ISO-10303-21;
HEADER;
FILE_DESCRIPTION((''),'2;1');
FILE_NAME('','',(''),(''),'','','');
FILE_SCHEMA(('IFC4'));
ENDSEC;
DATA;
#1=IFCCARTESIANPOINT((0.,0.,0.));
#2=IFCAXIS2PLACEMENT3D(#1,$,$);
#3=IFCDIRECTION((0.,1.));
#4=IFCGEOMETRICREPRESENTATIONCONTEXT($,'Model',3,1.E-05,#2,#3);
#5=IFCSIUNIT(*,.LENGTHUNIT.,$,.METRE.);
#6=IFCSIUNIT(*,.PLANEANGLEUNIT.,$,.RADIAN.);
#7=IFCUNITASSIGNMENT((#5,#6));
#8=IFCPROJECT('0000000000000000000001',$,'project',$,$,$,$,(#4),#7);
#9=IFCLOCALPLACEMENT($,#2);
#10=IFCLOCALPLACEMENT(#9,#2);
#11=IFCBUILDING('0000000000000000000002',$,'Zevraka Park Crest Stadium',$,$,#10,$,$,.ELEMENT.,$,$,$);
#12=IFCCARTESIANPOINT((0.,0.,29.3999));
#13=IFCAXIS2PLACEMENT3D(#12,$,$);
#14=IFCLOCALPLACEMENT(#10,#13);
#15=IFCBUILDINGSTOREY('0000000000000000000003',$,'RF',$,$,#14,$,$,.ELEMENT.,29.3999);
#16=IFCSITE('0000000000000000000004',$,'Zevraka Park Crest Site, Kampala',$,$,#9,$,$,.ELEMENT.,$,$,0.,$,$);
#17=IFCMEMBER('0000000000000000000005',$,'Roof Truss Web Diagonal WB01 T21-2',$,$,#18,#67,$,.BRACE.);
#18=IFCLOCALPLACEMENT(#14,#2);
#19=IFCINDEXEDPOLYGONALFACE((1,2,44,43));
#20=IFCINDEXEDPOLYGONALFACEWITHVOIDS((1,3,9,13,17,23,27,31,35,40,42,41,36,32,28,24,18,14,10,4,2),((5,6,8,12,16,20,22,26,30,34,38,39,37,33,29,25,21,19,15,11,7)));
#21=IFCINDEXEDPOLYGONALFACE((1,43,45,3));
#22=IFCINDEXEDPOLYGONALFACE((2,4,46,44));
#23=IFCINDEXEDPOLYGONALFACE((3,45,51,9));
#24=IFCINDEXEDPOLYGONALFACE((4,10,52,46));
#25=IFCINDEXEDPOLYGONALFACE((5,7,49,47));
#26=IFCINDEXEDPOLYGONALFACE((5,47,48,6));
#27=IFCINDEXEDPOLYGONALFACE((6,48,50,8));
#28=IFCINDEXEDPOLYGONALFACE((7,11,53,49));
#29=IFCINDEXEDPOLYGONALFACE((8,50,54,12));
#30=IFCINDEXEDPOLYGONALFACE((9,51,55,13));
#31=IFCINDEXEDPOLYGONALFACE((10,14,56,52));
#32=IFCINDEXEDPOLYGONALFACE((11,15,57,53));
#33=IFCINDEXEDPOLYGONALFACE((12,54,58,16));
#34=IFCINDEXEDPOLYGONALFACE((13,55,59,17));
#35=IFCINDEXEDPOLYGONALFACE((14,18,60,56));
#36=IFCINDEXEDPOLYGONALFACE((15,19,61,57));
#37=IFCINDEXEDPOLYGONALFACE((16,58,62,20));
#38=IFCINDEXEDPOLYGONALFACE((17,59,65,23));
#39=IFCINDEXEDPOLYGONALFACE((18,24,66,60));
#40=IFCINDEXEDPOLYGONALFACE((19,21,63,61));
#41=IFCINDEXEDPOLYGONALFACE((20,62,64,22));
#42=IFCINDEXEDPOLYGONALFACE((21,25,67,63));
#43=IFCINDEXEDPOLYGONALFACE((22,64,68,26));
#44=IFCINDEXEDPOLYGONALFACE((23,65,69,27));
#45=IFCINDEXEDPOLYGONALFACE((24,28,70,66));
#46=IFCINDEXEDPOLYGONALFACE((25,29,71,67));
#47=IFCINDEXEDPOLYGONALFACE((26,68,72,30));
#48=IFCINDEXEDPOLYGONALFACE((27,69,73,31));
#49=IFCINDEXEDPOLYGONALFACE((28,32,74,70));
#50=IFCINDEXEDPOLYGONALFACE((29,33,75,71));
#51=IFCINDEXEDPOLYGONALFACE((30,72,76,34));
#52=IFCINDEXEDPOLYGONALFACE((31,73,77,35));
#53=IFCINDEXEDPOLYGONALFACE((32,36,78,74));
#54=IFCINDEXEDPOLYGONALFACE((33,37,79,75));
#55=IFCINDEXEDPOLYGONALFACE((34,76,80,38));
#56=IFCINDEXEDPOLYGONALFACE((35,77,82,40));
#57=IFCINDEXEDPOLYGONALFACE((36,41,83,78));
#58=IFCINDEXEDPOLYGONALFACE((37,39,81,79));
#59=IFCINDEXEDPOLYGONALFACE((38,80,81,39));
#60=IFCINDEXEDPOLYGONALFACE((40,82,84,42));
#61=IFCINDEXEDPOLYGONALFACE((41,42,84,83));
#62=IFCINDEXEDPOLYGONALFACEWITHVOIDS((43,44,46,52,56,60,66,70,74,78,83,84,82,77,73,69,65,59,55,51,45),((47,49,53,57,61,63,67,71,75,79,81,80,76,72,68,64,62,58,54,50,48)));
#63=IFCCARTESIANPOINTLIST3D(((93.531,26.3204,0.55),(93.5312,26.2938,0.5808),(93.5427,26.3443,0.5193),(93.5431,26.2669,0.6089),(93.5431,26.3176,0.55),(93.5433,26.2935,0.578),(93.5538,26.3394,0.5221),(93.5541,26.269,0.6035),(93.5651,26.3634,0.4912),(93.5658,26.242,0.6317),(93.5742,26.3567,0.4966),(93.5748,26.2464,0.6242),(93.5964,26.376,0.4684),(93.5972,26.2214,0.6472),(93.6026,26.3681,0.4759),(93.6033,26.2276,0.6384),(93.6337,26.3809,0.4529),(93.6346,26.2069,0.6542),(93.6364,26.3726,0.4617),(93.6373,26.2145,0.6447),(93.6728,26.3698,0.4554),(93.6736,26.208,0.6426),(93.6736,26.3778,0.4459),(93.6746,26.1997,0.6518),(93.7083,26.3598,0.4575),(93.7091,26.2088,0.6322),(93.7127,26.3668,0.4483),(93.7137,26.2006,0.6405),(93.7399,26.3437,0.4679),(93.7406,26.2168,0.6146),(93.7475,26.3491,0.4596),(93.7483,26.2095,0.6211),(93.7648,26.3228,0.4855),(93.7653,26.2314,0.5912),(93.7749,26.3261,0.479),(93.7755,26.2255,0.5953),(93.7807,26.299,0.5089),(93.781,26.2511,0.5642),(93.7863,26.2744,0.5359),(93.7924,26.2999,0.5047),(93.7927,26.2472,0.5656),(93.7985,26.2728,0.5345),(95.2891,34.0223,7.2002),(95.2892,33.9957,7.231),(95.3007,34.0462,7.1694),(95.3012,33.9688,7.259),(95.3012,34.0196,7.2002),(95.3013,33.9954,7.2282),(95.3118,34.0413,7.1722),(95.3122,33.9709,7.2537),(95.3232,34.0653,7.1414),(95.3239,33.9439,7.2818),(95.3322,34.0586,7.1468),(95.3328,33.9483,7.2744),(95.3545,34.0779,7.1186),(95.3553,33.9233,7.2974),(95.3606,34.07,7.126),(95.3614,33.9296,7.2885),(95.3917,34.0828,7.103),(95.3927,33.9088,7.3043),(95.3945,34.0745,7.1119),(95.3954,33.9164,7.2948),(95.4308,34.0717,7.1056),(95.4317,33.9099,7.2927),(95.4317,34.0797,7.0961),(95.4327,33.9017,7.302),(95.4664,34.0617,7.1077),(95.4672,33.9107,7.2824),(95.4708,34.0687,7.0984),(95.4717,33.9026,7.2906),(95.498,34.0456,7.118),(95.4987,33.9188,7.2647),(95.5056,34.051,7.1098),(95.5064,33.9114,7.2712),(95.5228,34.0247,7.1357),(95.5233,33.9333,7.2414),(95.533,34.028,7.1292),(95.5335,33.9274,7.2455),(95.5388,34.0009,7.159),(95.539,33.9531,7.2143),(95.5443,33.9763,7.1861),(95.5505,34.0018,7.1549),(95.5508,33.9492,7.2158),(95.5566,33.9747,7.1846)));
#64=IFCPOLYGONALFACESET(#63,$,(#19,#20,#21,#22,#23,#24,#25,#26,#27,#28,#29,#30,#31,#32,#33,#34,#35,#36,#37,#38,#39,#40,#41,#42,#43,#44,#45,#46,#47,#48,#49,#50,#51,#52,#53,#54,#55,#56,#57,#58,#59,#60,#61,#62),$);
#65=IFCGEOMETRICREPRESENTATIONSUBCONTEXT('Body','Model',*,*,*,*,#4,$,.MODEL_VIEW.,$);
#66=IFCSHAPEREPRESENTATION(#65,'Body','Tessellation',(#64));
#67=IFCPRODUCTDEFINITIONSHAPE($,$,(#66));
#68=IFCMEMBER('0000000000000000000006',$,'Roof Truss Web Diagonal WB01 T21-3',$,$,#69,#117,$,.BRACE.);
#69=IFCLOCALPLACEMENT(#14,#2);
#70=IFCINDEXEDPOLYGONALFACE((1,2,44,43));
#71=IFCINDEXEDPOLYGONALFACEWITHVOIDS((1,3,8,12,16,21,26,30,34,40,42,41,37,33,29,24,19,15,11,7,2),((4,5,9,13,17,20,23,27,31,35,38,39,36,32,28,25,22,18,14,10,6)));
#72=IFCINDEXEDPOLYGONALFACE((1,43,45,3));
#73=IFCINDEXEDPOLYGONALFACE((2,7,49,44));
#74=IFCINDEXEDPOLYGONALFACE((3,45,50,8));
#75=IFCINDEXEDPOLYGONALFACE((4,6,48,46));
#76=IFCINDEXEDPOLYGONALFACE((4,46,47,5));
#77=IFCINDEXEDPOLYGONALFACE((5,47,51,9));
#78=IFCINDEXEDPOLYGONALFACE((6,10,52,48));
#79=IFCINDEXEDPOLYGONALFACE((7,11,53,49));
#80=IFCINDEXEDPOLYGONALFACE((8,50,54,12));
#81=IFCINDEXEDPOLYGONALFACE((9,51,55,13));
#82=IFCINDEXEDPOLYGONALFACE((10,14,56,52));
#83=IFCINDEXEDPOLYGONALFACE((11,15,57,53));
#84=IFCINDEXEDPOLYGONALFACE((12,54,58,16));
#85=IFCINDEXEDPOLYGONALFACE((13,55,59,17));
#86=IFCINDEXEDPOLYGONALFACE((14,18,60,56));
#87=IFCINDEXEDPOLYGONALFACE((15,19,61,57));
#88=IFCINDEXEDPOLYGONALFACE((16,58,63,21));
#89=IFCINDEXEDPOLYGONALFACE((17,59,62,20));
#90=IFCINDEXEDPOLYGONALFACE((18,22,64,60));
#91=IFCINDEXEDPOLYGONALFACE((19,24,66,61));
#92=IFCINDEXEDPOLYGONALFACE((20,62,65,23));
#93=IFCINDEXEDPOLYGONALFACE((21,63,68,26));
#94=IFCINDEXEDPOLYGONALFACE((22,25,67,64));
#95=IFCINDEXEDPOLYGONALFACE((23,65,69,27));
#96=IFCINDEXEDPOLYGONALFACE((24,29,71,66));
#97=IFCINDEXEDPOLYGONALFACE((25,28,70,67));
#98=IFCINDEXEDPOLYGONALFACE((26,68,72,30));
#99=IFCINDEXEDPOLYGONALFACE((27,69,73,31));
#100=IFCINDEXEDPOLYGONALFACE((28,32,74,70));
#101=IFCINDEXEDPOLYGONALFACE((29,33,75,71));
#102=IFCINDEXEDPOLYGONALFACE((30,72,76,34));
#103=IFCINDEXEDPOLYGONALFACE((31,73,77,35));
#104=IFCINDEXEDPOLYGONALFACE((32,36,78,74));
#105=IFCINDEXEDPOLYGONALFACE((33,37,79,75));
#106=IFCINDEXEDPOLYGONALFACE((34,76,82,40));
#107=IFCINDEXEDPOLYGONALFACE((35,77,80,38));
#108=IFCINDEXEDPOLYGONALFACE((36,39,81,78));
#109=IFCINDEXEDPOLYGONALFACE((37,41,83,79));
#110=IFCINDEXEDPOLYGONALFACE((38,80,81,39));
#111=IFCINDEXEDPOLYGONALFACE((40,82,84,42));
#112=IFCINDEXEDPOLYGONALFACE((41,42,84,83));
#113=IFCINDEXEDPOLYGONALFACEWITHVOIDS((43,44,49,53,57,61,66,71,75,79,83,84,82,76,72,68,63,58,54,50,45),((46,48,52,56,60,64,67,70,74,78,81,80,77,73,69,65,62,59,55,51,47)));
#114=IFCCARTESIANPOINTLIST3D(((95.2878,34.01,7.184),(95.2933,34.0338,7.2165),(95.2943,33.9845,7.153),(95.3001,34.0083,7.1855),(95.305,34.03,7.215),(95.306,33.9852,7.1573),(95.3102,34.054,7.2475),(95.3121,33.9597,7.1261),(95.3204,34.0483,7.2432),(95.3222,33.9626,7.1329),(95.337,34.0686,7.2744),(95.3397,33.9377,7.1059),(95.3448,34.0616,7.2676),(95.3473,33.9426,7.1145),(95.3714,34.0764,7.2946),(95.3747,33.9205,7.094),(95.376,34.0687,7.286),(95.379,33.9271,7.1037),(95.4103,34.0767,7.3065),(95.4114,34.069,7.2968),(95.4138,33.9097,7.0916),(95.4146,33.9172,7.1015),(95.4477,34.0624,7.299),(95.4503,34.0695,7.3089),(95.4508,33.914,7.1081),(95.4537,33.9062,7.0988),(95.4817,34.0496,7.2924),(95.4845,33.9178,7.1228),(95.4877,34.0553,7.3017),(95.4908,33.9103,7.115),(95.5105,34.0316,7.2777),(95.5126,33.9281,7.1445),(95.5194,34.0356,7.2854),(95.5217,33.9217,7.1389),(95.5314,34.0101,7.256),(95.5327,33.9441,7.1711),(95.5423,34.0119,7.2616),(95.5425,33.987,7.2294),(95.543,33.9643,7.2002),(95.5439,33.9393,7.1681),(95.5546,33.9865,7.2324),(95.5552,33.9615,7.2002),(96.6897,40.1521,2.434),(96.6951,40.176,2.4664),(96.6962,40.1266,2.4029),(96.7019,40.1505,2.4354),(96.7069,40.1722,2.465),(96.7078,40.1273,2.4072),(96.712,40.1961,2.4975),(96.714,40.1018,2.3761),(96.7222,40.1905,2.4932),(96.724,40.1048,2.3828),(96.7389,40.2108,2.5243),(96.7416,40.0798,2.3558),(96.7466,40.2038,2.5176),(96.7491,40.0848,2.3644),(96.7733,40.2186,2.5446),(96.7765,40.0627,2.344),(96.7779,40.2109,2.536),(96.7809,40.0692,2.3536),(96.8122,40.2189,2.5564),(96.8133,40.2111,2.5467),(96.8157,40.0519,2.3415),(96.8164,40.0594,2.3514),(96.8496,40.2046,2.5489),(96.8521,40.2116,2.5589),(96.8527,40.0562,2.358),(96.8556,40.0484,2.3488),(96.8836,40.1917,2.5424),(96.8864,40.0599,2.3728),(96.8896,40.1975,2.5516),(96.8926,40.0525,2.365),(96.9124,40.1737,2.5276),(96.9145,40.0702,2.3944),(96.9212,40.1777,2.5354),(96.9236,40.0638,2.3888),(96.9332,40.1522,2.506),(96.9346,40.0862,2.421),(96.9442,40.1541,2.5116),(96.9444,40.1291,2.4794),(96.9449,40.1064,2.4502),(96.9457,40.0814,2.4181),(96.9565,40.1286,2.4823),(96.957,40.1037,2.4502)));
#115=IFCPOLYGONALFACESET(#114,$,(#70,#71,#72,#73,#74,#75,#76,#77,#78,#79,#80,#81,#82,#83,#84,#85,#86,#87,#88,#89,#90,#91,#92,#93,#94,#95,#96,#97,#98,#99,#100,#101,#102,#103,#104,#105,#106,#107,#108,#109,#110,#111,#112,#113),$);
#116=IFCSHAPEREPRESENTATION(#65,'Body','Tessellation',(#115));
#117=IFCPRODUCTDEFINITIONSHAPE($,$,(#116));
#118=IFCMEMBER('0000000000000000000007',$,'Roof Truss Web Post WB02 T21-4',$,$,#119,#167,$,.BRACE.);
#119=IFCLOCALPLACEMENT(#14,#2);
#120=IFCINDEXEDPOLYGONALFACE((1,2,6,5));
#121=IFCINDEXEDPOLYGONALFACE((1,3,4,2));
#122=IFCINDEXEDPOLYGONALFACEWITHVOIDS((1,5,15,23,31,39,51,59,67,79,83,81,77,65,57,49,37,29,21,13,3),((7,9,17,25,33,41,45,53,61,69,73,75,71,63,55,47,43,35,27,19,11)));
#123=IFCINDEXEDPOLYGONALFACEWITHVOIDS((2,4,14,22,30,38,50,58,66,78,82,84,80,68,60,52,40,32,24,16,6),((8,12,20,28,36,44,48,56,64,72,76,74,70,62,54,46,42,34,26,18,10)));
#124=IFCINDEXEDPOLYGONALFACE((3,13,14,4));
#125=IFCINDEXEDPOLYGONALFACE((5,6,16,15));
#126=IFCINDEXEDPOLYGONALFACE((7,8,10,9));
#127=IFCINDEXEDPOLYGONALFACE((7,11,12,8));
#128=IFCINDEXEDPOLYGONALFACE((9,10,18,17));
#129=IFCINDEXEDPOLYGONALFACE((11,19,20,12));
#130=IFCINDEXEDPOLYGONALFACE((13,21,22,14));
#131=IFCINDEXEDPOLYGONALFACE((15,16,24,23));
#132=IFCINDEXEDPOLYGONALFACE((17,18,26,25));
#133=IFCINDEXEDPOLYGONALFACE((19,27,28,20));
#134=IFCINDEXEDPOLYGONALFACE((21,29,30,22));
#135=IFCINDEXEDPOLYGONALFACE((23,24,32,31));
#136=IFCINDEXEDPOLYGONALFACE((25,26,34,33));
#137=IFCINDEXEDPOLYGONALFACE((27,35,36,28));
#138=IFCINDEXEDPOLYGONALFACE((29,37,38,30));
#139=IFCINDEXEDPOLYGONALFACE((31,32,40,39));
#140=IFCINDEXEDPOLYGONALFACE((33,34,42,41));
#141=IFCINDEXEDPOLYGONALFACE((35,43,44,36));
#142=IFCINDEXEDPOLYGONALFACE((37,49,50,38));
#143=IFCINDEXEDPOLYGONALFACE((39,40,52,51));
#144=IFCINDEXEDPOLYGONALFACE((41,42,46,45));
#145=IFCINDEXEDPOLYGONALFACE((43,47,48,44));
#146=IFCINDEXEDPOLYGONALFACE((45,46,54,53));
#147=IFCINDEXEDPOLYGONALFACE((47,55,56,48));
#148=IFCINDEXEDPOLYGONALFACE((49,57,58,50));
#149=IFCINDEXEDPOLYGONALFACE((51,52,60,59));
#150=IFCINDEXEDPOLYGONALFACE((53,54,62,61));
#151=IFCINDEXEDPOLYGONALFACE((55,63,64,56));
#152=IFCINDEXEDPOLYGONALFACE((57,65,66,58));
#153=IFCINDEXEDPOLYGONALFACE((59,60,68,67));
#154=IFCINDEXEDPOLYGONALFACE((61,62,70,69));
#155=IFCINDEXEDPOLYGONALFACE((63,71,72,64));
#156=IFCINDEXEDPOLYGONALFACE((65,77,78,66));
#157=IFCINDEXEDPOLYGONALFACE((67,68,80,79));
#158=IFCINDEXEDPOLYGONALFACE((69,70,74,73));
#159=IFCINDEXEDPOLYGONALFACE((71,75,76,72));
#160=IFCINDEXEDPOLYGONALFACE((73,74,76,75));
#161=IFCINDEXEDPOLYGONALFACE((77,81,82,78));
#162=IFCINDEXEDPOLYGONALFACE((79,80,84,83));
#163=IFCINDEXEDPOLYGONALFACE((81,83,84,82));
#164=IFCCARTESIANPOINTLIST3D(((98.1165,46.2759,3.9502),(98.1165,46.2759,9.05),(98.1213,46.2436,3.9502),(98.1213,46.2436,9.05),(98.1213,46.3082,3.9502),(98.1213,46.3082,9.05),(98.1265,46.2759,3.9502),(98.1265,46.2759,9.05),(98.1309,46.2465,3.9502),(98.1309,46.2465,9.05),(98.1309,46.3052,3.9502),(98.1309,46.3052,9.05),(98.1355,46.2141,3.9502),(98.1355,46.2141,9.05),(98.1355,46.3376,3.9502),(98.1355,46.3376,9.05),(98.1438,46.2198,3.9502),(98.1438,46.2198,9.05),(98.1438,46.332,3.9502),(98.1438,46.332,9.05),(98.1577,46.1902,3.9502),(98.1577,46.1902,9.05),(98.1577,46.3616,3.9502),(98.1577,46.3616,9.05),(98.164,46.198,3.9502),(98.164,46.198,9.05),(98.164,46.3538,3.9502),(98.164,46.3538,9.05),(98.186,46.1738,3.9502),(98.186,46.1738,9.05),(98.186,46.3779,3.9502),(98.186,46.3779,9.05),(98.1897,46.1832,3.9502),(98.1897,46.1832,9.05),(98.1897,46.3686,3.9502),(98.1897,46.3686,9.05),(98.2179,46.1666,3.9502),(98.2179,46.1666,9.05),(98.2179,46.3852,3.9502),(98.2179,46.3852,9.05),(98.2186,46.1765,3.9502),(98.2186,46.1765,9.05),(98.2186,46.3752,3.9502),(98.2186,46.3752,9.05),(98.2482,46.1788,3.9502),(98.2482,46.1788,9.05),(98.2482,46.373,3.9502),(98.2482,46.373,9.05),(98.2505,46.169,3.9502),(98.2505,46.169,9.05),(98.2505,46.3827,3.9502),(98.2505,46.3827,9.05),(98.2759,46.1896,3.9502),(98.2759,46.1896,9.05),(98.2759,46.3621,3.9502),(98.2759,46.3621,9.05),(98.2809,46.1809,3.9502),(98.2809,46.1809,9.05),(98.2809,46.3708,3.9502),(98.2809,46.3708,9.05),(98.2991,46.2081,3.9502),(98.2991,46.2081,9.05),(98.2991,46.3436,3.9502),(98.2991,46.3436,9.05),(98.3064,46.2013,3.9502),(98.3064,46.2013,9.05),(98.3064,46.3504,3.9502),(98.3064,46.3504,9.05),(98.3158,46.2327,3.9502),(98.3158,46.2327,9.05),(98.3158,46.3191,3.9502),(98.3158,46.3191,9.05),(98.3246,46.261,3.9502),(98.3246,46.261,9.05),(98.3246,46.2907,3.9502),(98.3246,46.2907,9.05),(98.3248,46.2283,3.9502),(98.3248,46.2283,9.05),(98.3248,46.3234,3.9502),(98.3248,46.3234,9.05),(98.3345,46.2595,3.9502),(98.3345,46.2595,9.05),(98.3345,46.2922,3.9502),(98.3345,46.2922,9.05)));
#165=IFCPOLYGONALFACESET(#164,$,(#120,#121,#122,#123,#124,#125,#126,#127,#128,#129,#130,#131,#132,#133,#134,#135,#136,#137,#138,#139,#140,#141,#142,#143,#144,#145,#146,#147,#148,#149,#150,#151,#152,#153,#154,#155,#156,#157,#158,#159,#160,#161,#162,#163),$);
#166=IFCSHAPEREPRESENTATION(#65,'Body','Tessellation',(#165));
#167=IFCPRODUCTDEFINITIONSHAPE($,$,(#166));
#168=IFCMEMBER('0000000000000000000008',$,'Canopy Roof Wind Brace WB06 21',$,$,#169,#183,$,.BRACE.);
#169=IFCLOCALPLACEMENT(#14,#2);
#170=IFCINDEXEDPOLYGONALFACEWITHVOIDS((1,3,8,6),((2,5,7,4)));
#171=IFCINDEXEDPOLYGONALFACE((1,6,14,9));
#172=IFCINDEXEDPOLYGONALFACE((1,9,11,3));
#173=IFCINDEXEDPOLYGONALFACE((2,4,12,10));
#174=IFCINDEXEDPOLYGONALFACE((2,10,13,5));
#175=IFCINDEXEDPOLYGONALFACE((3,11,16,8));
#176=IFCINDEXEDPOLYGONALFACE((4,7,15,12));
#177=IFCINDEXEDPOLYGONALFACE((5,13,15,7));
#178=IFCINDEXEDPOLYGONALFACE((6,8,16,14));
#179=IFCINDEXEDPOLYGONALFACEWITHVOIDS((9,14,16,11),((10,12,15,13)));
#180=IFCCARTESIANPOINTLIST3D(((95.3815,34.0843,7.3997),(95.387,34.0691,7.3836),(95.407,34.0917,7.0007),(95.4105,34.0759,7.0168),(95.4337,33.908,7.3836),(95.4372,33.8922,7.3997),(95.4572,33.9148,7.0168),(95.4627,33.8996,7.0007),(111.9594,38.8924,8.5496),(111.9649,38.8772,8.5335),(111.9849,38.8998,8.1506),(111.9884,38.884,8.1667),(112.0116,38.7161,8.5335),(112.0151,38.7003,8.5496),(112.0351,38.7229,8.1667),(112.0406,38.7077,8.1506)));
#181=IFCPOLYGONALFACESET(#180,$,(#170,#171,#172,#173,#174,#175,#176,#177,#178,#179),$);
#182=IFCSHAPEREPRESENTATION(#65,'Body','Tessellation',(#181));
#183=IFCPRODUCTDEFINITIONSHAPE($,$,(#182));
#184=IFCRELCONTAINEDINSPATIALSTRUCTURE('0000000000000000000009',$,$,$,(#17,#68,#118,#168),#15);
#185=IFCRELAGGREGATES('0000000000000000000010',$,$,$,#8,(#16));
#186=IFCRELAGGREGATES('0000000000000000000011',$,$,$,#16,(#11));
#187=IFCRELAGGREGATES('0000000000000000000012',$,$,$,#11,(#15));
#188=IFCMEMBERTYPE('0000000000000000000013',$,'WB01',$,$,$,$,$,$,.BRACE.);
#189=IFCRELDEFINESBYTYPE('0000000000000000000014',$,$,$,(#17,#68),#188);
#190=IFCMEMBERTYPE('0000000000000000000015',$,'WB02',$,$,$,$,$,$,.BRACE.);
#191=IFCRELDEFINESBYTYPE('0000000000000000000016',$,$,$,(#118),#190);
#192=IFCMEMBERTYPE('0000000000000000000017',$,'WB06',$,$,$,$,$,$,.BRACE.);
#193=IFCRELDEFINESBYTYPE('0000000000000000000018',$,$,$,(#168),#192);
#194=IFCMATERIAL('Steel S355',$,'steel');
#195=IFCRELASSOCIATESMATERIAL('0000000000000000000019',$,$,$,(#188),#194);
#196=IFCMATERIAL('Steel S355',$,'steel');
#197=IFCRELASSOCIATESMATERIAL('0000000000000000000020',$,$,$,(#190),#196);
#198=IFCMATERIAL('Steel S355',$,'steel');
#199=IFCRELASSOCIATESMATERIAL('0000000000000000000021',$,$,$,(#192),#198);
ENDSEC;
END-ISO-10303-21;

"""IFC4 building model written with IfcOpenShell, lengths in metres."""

from ifc_helpers import new_model, si_unit, direction, frame, origin, origin_2d, place, context, subcontext, project, spatial, hollow_rectangle, hollow_circle, extrude, material, material_profile, profile_set, type_object, element, save


model = new_model("IFC4")

# Units and contexts
model_context = context("Model", 3, precision=1e-05, world=origin(), true_north=direction((0.0, 1.0)))
body_context = subcontext(model_context, "Body", "Model", "MODEL_VIEW")
ifc_project = project(units=[si_unit("LENGTHUNIT", "METRE"), si_unit("PLANEANGLEUNIT", "RADIAN")], contexts=[model_context])

# Site, building, storey
site_placement = place(None, origin())
site = spatial("IfcSite", under=ifc_project, at=site_placement, Name="Zevraka Park Crest Site, Kampala", CompositionType="ELEMENT", RefElevation=0.0)
building_placement = place(site_placement, origin())
building = spatial("IfcBuilding", under=site, at=building_placement, Name="Zevraka Park Crest Stadium", CompositionType="ELEMENT")
storey_placement = place(building_placement, frame((0.0, 0.0, 29.3999)))
storey = spatial("IfcBuildingStorey", under=building, at=storey_placement, Name="RF", CompositionType="ELEMENT", Elevation=29.3999)

# Members
ifc_material_1 = material(Name="Steel S355", Category="steel")
ifc_material_profile_1 = material_profile(ifc_material_1, hollow_circle(Radius=0.1365, WallThickness=0.0125, at=origin_2d()), Name="CHS 273.0x12.5")
ifc_profile_set_1 = profile_set([ifc_material_profile_1], Name="Steel S355")
member_type_1 = type_object("IfcMemberType", Name="WB01", PredefinedType="BRACE", material=ifc_profile_set_1)
member_1_placement = place(storey_placement, frame((93.6641, 26.29, 0.55), z_axis=(0.170249, 0.745846, 0.643995), x_axis=(-0.974924, 0.222539, 0.0)))
element("IfcMember", 1, at=member_1_placement, inside=storey, type_object=member_type_1, Name="Roof Truss Web Diagonal WB01 T21-2", PredefinedType="BRACE", context=body_context, shape_type="SweptSolid", body=[
    extrude(hollow_circle(Radius=0.1365, WallThickness=0.0125, at=origin_2d()), origin(), (0.0, 0.0, 1.0), 10.3264),
])
member_2_placement = place(storey_placement, frame((96.824, 40.134, 2.4502), z_axis=(-0.177674, -0.77846, 0.602024), x_axis=(0.974929, -0.222515, 0.0)))
element("IfcMember", 2, at=member_2_placement, inside=storey, type_object=member_type_1, Name="Roof Truss Web Diagonal WB01 T21-3", PredefinedType="BRACE", context=body_context, shape_type="SweptSolid", body=[
    extrude(hollow_circle(Radius=0.1365, WallThickness=0.0125, at=origin_2d()), origin(), (0.0, 0.0, 1.0), 7.8901),
])
ifc_material_2 = material(Name="Steel S355", Category="steel")
ifc_material_profile_2 = material_profile(ifc_material_2, hollow_circle(Radius=0.1096, WallThickness=0.01, at=origin_2d()), Name="CHS 219.1x10")
ifc_profile_set_2 = profile_set([ifc_material_profile_2], Name="Steel S355")
member_type_2 = type_object("IfcMemberType", Name="WB02", PredefinedType="BRACE", material=ifc_profile_set_2)
member_3_placement = place(storey_placement, frame((98.2261, 46.2759, 3.9502), z_axis=(0.0, 0.0, 1.0), x_axis=(0.22257, 0.974917, 0.0)))
element("IfcMember", 3, at=member_3_placement, inside=storey, type_object=member_type_2, Name="Roof Truss Web Post WB02 T21-4", PredefinedType="BRACE", context=body_context, shape_type="SweptSolid", body=[
    extrude(hollow_circle(Radius=0.1096, WallThickness=0.01, at=origin_2d()), origin(), (0.0, 0.0, 1.0), 5.0999),
])
ifc_material_3 = material(Name="Steel S355", Category="steel")
ifc_material_profile_3 = material_profile(ifc_material_3, hollow_rectangle(XDim=0.2, YDim=0.3999, WallThickness=0.0161, at=origin_2d()), Name="RHS 400x200x16")
ifc_profile_set_3 = profile_set([ifc_material_profile_3], Name="Steel S355")
member_type_3 = type_object("IfcMemberType", Name="WB06", PredefinedType="BRACE", material=ifc_profile_set_3)
member_4_placement = place(storey_placement, frame((95.4221, 33.9919, 7.2002), z_axis=(0.958297, 0.277936, 0.066471), x_axis=(-0.278552, 0.960421, 0.0)))
element("IfcMember", 4, at=member_4_placement, inside=storey, type_object=member_type_3, Name="Canopy Roof Wind Brace WB06 21", PredefinedType="BRACE", context=body_context, shape_type="SweptSolid", body=[
    extrude(hollow_rectangle(XDim=0.2, YDim=0.3999, WallThickness=0.0161, at=origin_2d()), origin(), (0.0, 0.0, 1.0), 17.2993),
])

save(model, "model.ifc")
